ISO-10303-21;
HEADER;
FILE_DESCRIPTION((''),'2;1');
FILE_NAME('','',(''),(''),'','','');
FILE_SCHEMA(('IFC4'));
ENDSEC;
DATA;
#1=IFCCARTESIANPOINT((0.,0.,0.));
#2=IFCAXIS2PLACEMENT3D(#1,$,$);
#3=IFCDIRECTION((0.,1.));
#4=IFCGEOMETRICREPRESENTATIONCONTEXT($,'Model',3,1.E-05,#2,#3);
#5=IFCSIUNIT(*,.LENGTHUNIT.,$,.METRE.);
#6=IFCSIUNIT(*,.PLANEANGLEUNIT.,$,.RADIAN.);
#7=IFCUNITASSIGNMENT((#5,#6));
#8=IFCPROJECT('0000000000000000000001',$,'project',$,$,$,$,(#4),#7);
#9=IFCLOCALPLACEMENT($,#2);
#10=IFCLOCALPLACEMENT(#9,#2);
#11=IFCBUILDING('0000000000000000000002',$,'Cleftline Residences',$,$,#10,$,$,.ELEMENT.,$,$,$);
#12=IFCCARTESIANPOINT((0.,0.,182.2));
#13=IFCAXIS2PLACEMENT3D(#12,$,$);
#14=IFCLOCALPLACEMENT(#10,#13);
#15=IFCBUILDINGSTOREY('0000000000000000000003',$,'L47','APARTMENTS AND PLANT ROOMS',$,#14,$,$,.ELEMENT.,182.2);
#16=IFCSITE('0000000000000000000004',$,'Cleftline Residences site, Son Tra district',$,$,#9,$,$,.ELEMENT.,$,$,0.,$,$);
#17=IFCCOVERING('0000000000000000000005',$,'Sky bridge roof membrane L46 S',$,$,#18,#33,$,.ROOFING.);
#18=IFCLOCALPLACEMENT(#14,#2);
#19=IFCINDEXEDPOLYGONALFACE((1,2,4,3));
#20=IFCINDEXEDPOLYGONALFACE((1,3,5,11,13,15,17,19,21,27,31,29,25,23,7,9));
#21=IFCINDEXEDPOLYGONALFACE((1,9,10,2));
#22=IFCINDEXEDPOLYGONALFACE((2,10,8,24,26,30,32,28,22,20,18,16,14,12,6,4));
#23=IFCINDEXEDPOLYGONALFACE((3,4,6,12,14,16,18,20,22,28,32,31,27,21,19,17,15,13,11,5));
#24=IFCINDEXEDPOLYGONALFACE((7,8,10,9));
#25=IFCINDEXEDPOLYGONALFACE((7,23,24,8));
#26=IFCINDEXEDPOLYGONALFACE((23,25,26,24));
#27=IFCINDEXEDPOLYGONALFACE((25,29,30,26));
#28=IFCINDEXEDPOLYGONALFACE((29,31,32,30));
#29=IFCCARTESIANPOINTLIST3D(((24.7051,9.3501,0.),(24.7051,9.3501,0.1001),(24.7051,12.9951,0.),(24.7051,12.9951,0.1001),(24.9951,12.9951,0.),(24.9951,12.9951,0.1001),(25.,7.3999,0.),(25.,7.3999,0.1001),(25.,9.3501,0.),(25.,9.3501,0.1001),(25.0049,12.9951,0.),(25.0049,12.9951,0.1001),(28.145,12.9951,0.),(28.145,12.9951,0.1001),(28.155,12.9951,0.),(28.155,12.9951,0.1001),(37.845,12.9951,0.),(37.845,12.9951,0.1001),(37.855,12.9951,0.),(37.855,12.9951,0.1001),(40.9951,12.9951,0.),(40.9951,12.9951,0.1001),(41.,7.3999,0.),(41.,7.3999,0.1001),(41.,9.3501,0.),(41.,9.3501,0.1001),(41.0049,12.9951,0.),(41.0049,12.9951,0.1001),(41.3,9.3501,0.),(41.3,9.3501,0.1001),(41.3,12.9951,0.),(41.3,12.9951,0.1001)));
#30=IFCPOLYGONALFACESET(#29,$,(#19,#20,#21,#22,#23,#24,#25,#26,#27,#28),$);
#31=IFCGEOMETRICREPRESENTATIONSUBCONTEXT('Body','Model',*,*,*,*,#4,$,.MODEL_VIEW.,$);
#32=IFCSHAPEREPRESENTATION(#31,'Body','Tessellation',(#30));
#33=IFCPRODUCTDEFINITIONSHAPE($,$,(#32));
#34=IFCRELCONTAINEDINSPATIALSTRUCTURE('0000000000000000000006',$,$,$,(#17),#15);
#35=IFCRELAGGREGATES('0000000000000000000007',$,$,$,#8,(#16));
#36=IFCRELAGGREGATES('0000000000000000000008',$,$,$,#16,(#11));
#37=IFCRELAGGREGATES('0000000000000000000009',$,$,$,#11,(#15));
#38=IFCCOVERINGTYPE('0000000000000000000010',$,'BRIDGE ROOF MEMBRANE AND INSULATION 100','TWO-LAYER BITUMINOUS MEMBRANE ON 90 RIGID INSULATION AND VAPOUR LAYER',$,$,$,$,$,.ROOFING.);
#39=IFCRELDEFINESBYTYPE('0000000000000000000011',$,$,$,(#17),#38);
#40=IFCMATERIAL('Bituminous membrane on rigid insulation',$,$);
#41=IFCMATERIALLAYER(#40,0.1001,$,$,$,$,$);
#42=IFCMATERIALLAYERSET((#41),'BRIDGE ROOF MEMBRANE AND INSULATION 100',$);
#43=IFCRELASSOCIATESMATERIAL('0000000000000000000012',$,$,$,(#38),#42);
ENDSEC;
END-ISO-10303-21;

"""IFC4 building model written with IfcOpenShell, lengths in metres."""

from ifc_helpers import new_model, si_unit, direction, frame, origin, place, context, subcontext, project, spatial, polyline, outline, extrude, material, layer, layer_set, type_object, element, save


model = new_model("IFC4")

# Units and contexts
model_context = context("Model", 3, precision=1e-05, world=origin(), true_north=direction((0.0, 1.0)))
body_context = subcontext(model_context, "Body", "Model", "MODEL_VIEW")
ifc_project = project(units=[si_unit("LENGTHUNIT", "METRE"), si_unit("PLANEANGLEUNIT", "RADIAN")], contexts=[model_context])

# Site, building, storey
site_placement = place(None, origin())
site = spatial("IfcSite", under=ifc_project, at=site_placement, Name="Cleftline Residences site, Son Tra district", CompositionType="ELEMENT", RefElevation=0.0)
building_placement = place(site_placement, origin())
building = spatial("IfcBuilding", under=site, at=building_placement, Name="Cleftline Residences", CompositionType="ELEMENT")
storey_placement = place(building_placement, frame((0.0, 0.0, 182.2)))
storey = spatial("IfcBuildingStorey", under=building, at=storey_placement, Name="L47", Description="APARTMENTS AND PLANT ROOMS", CompositionType="ELEMENT", Elevation=182.2)

# Covering
ifc_material_1 = material(Name="Bituminous membrane on rigid insulation")
ifc_layer_1 = layer(ifc_material_1, 0.1001)
ifc_layer_set_1 = layer_set([ifc_layer_1], Name="BRIDGE ROOF MEMBRANE AND INSULATION 100")
covering_type = type_object("IfcCoveringType", Name="BRIDGE ROOF MEMBRANE AND INSULATION 100", Description="TWO-LAYER BITUMINOUS MEMBRANE ON 90 RIGID INSULATION AND VAPOUR LAYER", PredefinedType="ROOFING", material=ifc_layer_set_1)
covering_1_placement = place(storey_placement, origin())
element("IfcCovering", 1, at=covering_1_placement, inside=storey, type_object=covering_type, Name="Sky bridge roof membrane L46 S", PredefinedType="ROOFING", context=body_context, shape_type="SweptSolid", body=[
    extrude(outline(polyline([(41.0, 7.3999), (41.0, 9.3501), (41.3, 9.3501), (41.3, 12.9951), (41.0049, 12.9951), (40.9951, 12.9951), (37.855, 12.9951), (37.845, 12.9951), (28.155, 12.9951), (28.145, 12.9951), (25.0049, 12.9951), (24.9951, 12.9951), (24.7051, 12.9951), (24.7051, 9.3501), (25.0, 9.3501), (25.0, 7.3999), (41.0, 7.3999)])), origin(), (0.0, 0.0, 1.0), 0.1001),
])

save(model, "model.ifc")
